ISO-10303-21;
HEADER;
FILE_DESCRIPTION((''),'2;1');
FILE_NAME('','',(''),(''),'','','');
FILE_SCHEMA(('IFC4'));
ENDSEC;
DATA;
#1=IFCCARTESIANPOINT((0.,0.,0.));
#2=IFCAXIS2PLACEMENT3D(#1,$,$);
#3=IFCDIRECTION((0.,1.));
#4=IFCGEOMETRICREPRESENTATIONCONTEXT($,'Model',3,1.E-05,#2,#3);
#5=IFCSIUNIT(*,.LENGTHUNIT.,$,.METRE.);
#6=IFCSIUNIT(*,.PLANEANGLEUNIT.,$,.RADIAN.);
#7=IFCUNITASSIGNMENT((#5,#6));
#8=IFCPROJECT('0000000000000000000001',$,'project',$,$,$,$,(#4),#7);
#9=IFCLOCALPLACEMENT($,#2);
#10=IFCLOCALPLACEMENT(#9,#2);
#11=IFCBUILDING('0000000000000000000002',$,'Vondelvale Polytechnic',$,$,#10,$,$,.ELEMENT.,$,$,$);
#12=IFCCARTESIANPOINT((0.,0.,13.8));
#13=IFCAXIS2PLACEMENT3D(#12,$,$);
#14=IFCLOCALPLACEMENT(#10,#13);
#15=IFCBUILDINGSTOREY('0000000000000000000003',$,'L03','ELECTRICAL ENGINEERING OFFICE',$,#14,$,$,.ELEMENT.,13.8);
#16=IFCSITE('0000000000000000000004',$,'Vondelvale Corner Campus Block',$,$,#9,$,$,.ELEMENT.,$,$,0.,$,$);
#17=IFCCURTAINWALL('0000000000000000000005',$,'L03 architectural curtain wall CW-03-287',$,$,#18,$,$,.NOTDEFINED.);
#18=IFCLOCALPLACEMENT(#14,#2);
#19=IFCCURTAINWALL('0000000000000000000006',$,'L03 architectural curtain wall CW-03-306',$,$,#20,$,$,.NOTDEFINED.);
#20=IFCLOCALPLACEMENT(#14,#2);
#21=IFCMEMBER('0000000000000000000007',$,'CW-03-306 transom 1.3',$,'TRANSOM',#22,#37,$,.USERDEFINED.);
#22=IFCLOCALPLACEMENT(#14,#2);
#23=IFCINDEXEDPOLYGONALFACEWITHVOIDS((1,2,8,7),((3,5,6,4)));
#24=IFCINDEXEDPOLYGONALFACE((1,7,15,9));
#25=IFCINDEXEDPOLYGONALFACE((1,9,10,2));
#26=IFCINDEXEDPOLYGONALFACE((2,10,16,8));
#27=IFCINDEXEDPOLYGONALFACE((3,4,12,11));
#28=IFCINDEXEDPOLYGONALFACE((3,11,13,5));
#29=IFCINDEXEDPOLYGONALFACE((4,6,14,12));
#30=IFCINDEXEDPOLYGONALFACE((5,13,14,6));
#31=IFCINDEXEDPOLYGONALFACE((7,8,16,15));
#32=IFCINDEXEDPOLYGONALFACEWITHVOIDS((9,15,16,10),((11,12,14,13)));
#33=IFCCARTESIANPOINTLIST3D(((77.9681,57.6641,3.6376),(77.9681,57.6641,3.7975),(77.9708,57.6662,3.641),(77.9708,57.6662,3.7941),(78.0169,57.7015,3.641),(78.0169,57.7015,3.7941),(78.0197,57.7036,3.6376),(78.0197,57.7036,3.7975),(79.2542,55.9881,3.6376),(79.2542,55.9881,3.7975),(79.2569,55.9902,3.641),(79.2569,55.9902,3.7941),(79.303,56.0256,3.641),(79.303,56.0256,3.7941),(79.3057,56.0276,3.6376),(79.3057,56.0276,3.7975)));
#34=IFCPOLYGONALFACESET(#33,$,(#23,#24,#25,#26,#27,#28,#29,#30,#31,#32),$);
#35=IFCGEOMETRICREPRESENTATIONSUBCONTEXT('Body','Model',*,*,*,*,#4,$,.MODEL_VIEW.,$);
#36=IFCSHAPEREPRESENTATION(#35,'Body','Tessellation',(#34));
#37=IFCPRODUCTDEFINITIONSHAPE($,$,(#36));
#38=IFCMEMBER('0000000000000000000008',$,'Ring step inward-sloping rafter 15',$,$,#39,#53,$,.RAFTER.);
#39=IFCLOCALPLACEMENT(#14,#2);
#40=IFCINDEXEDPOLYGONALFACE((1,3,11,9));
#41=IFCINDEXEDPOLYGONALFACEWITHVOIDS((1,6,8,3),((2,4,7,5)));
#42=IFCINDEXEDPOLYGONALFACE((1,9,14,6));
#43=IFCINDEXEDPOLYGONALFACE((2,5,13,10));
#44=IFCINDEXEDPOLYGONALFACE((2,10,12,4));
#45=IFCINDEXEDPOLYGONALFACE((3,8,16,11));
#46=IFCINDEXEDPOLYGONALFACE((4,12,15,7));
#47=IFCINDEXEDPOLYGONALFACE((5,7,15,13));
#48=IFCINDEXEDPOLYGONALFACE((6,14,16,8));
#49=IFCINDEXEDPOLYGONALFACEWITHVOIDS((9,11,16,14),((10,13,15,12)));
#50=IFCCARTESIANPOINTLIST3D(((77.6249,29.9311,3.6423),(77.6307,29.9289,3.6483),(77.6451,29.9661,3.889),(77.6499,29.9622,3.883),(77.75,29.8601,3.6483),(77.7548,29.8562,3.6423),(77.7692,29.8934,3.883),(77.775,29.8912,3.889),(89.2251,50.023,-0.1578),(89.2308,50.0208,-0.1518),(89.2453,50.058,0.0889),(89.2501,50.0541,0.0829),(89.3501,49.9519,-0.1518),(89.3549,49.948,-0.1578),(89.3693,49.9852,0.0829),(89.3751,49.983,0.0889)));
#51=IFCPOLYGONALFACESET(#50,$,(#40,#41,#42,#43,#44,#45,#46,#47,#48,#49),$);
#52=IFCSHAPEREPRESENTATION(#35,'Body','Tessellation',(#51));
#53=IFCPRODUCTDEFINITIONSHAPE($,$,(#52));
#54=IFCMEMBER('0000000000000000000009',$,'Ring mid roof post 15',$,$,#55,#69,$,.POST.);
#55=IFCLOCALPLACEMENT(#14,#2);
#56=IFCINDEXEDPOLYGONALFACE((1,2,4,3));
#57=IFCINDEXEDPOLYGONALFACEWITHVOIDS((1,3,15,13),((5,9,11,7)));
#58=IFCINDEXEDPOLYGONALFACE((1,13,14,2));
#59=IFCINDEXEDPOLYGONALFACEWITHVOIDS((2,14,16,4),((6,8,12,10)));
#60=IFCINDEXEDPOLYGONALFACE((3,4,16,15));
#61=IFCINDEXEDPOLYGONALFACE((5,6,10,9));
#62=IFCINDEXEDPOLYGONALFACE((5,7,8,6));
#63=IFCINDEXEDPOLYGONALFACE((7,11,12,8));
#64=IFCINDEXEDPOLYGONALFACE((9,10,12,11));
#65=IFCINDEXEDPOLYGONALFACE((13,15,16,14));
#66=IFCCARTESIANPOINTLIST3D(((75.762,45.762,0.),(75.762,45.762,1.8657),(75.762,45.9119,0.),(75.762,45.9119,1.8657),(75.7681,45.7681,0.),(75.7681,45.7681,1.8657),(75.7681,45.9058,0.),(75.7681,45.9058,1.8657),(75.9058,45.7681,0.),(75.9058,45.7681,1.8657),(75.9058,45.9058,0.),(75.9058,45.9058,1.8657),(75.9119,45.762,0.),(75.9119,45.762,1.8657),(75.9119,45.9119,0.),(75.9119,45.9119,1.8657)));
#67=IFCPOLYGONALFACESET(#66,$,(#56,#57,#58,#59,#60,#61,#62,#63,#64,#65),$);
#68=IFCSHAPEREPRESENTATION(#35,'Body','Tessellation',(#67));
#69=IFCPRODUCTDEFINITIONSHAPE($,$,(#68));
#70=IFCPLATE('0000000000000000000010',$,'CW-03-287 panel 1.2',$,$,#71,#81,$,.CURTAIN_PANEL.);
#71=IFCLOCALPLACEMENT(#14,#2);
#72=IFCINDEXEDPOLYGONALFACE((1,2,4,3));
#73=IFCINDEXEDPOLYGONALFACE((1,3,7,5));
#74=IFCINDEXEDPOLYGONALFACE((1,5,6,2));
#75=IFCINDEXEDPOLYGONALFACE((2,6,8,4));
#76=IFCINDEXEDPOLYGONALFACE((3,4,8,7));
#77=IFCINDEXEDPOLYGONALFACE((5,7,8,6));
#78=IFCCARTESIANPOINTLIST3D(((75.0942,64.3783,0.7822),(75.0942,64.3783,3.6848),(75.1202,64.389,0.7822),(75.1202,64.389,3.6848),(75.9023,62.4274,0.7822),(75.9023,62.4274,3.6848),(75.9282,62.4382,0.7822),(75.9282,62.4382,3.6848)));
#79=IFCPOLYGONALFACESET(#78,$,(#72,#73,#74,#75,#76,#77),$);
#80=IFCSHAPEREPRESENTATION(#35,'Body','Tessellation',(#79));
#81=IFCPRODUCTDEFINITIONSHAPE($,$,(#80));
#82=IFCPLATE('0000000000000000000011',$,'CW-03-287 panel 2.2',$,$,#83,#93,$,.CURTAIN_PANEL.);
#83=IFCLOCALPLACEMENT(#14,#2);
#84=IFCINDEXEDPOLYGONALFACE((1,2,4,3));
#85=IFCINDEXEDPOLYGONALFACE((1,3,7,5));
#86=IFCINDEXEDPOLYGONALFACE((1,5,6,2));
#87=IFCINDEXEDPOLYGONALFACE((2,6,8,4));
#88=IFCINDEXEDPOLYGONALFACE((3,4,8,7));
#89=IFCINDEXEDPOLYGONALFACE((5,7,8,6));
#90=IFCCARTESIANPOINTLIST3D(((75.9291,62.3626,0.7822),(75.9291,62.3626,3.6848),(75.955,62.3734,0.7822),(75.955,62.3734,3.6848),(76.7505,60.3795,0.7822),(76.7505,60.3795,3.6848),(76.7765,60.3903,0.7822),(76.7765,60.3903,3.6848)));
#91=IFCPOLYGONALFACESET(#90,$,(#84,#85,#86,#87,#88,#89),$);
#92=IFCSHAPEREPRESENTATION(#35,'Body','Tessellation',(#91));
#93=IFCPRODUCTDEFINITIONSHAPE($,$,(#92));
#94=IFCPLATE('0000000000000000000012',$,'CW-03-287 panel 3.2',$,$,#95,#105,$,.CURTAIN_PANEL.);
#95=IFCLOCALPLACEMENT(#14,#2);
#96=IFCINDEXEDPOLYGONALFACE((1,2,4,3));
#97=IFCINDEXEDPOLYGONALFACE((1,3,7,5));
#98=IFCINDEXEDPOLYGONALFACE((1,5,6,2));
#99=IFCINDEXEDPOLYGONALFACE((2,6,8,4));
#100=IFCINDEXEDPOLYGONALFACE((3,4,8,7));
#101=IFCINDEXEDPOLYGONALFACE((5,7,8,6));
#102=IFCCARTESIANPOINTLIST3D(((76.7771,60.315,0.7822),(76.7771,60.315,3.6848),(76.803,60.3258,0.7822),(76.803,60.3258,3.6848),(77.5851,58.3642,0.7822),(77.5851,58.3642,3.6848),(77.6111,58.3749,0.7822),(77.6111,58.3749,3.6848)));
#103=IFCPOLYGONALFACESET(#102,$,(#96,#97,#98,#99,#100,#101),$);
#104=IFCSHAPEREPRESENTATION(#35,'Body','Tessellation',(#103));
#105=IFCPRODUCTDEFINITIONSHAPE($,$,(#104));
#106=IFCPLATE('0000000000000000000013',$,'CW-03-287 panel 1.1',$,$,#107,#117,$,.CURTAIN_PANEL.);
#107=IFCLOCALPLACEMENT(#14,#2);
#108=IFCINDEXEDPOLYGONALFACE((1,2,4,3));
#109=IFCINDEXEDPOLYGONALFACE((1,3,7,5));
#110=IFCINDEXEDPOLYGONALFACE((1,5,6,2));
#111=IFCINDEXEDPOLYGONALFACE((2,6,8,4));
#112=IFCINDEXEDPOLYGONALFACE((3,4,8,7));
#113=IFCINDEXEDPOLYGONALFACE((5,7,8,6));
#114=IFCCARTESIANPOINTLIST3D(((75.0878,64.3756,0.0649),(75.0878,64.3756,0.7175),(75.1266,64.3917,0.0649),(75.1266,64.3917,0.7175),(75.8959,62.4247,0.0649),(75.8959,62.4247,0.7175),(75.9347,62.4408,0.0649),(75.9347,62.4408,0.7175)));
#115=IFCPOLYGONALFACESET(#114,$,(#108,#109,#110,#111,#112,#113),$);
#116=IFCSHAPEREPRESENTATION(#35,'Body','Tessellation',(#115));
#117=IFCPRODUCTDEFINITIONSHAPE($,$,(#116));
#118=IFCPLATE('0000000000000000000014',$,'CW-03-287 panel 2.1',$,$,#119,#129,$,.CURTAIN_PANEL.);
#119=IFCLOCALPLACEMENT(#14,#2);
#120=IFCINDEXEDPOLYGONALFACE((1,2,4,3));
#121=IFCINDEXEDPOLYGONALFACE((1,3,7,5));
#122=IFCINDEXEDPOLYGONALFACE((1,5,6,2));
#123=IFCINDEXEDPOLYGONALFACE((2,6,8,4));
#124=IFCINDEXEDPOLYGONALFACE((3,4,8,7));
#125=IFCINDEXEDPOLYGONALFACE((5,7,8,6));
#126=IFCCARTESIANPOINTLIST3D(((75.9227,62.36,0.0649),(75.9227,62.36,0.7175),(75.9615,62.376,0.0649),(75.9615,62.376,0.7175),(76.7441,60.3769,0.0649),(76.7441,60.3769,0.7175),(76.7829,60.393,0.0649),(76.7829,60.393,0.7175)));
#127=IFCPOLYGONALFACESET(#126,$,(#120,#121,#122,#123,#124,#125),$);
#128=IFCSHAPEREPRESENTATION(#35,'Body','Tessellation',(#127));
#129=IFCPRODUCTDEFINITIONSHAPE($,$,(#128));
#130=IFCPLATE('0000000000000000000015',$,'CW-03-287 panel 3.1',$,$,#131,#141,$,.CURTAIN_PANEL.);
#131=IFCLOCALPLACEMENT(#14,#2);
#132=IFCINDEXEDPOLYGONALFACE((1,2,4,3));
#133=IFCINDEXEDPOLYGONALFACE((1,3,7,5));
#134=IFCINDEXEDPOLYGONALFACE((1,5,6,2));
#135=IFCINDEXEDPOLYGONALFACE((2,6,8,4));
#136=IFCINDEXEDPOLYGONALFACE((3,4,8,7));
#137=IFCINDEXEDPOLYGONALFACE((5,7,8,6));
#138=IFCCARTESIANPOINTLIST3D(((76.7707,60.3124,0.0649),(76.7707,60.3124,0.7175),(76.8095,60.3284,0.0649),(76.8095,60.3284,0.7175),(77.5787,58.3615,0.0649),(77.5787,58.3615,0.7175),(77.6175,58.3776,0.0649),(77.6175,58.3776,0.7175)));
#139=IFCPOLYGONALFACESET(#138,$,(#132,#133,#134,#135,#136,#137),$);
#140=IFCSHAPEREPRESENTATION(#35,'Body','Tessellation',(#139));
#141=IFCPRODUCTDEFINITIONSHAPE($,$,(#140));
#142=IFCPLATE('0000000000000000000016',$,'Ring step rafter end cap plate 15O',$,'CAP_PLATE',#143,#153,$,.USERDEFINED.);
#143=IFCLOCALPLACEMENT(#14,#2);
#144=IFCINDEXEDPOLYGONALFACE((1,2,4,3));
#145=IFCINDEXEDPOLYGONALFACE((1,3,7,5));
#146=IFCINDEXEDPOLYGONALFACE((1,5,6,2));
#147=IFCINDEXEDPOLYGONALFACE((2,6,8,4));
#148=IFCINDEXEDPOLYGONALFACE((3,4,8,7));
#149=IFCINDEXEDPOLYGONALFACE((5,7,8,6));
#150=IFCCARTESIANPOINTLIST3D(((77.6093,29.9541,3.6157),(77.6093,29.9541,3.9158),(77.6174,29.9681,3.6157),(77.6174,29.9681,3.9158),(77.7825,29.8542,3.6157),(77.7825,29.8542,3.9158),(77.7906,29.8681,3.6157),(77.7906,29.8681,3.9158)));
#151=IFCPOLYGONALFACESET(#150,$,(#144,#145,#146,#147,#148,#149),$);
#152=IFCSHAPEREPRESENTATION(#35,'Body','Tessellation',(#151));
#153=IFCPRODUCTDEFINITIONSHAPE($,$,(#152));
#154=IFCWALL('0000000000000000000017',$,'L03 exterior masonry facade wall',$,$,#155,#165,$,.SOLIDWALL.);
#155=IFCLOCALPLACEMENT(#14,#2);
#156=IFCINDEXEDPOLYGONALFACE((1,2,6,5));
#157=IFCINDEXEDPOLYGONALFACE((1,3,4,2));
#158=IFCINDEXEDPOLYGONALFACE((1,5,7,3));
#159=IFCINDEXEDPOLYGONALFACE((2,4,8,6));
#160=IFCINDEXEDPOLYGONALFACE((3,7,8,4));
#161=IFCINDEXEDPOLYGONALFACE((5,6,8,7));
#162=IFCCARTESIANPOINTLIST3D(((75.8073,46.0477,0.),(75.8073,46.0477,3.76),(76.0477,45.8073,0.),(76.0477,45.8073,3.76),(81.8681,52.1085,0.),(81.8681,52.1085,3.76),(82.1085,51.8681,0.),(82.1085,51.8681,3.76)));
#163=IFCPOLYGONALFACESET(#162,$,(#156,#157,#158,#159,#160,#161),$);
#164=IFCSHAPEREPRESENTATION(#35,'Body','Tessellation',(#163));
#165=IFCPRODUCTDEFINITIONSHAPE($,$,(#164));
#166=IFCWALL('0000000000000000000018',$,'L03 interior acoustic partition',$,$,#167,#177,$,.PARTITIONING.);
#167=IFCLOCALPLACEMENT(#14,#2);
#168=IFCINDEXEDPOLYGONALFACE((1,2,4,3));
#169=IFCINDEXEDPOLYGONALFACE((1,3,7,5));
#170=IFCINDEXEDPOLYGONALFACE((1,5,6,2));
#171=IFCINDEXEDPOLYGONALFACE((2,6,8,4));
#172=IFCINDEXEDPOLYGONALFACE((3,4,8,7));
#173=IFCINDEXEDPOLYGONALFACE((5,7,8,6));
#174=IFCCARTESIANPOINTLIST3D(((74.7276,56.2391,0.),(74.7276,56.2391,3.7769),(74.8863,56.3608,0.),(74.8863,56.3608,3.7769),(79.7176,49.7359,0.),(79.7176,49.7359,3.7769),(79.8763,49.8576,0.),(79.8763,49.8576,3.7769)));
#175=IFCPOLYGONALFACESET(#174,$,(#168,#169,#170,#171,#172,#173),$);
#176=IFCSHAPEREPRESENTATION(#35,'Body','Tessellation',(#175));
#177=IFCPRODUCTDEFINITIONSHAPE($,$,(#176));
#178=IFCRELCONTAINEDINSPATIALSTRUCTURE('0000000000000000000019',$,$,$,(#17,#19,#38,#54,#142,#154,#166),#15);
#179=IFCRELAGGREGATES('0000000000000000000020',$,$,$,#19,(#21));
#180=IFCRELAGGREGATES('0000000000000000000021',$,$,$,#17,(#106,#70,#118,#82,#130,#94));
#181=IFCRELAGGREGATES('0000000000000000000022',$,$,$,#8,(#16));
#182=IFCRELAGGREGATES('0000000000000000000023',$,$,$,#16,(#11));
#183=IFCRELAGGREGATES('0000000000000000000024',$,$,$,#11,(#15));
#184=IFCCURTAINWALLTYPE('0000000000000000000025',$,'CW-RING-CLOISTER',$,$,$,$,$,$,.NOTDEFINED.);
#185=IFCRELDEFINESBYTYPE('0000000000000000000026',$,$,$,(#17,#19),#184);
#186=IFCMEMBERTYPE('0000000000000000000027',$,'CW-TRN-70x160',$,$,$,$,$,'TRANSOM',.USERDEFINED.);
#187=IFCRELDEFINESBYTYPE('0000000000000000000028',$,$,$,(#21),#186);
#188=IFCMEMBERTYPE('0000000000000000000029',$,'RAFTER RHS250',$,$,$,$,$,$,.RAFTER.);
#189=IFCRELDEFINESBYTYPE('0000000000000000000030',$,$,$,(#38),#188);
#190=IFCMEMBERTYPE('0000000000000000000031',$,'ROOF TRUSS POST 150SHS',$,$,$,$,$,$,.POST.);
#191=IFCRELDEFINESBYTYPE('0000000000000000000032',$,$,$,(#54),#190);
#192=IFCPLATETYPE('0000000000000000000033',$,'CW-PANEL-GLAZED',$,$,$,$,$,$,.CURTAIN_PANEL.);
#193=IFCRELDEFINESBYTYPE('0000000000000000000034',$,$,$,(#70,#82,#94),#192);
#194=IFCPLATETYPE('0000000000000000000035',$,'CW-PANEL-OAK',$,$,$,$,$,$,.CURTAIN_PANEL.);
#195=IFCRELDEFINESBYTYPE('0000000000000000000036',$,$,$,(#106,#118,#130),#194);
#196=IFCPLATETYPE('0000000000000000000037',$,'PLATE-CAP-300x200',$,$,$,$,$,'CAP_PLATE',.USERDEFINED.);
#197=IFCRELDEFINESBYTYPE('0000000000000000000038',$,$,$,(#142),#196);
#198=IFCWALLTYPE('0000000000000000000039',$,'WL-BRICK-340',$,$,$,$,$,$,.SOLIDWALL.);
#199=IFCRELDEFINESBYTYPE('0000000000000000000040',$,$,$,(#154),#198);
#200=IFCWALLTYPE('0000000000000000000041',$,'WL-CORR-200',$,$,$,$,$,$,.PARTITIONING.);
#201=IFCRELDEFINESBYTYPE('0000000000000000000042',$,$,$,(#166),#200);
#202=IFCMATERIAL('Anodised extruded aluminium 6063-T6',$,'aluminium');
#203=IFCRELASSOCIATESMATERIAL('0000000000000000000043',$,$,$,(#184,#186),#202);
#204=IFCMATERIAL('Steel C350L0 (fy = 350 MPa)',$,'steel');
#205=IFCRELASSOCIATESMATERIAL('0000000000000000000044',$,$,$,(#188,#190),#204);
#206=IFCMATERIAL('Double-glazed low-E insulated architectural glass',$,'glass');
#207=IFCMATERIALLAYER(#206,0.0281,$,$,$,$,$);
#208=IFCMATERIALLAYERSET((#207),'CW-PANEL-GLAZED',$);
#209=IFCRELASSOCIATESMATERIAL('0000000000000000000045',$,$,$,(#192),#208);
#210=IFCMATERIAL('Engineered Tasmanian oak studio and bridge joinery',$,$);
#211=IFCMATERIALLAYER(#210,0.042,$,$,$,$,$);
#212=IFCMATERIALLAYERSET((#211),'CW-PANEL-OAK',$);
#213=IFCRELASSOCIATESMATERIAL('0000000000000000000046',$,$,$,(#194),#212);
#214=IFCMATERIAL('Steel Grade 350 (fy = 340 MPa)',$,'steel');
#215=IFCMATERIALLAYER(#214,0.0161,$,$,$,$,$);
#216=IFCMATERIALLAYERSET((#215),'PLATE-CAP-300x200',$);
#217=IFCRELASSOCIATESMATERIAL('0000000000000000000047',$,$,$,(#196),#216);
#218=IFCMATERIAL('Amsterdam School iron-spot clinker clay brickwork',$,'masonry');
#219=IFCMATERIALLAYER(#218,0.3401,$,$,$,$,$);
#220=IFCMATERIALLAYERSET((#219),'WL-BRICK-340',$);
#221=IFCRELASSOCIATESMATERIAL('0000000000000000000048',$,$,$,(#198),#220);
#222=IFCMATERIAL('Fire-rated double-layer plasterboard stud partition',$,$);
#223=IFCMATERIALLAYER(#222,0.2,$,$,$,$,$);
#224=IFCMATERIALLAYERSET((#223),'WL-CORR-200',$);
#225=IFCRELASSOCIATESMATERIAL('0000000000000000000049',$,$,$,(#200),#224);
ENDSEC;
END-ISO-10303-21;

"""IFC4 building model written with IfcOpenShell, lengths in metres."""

from ifc_helpers import new_model, si_unit, direction, frame, frame_2d, origin, origin_2d, place, context, subcontext, project, spatial, rectangle, hollow_rectangle, extrude, material, layer, layer_set, material_profile, profile_set, type_object, element, aggregate, save


model = new_model("IFC4")

# Units and contexts
model_context = context("Model", 3, precision=1e-05, world=origin(), true_north=direction((0.0, 1.0)))
body_context = subcontext(model_context, "Body", "Model", "MODEL_VIEW")
ifc_project = project(units=[si_unit("LENGTHUNIT", "METRE"), si_unit("PLANEANGLEUNIT", "RADIAN")], contexts=[model_context])

# Site, building, storey
site_placement = place(None, origin())
site = spatial("IfcSite", under=ifc_project, at=site_placement, Name="Vondelvale Corner Campus Block", CompositionType="ELEMENT", RefElevation=0.0)
building_placement = place(site_placement, origin())
building = spatial("IfcBuilding", under=site, at=building_placement, Name="Vondelvale Polytechnic", CompositionType="ELEMENT")
storey_placement = place(building_placement, frame((0.0, 0.0, 13.8)))
storey = spatial("IfcBuildingStorey", under=building, at=storey_placement, Name="L03", Description="ELECTRICAL ENGINEERING OFFICE", CompositionType="ELEMENT", Elevation=13.8)

# Curtain wall
ifc_material_1 = material(Name="Anodised extruded aluminium 6063-T6", Category="aluminium")
curtain_wall_type = type_object("IfcCurtainWallType", Name="CW-RING-CLOISTER", PredefinedType="NOTDEFINED", material=ifc_material_1)
curtain_wall_1_placement = place(storey_placement, origin())
curtain_wall_1 = element("IfcCurtainWall", 1, at=curtain_wall_1_placement, inside=storey, type_object=curtain_wall_type, Name="L03 architectural curtain wall CW-03-287", PredefinedType="NOTDEFINED")

# Curtain wall
curtain_wall_2_placement = place(storey_placement, origin())
curtain_wall_2 = element("IfcCurtainWall", 2, at=curtain_wall_2_placement, inside=storey, type_object=curtain_wall_type, Name="L03 architectural curtain wall CW-03-306", PredefinedType="NOTDEFINED")

# Member
ifc_material_profile_1 = material_profile(ifc_material_1, hollow_rectangle(XDim=0.0649, YDim=0.1599, WallThickness=0.0034, at=origin_2d()), Name="CW-TRN-160x65")
ifc_profile_set_1 = profile_set([ifc_material_profile_1], Name="Anodised extruded aluminium 6063-T6")
member_type_1 = type_object("IfcMemberType", Name="CW-TRN-70x160", ElementType="TRANSOM", PredefinedType="USERDEFINED", material=ifc_profile_set_1)
member_1_placement = place(storey_placement, frame((77.9939, 57.6838, 3.7175), z_axis=(0.608783, -0.793337, 0.0), x_axis=(0.793337, 0.608783, 0.0)))
member_1 = element("IfcMember", 3, at=member_1_placement, type_object=member_type_1, Name="CW-03-306 transom 1.3", ObjectType="TRANSOM", PredefinedType="USERDEFINED", context=body_context, shape_type="SweptSolid", body=[
    extrude(hollow_rectangle(XDim=0.0649, YDim=0.1599, WallThickness=0.0034, at=origin_2d()), origin(), (0.0, 0.0, 1.0), 2.1125),
])
aggregate(curtain_wall_2, [member_1])

# Members
ifc_material_2 = material(Name="Steel C350L0 (fy = 350 MPa)", Category="steel")
ifc_material_profile_2 = material_profile(ifc_material_2, hollow_rectangle(XDim=0.1499, YDim=0.25, WallThickness=0.0061, at=origin_2d()), Name="250x150x6.0RHS")
ifc_profile_set_2 = profile_set([ifc_material_profile_2], Name="Steel C350L0 (fy = 350 MPa)")
member_type_2 = type_object("IfcMemberType", Name="RAFTER RHS250", PredefinedType="RAFTER", material=ifc_profile_set_2)
member_2_placement = place(storey_placement, frame((77.7, 29.9111, 3.7656), z_axis=(0.493428, 0.854635, -0.161641), x_axis=(-0.866024, 0.500003, 0.0)))
element("IfcMember", 4, at=member_2_placement, inside=storey, type_object=member_type_2, Name="Ring step inward-sloping rafter 15", PredefinedType="RAFTER", context=body_context, shape_type="SweptSolid", body=[
    extrude(hollow_rectangle(XDim=0.1499, YDim=0.25, WallThickness=0.0061, at=origin_2d()), origin(), (0.0, 0.0, 1.0), 23.5093),
])
ifc_material_profile_3 = material_profile(ifc_material_2, hollow_rectangle(XDim=0.1499, YDim=0.1499, WallThickness=0.0061, at=origin_2d()), Name="150x150x6.0SHS")
ifc_profile_set_3 = profile_set([ifc_material_profile_3], Name="Steel C350L0 (fy = 350 MPa)")
member_type_3 = type_object("IfcMemberType", Name="ROOF TRUSS POST 150SHS", PredefinedType="POST", material=ifc_profile_set_3)
member_3_placement = place(storey_placement, frame((75.8369, 45.8369, 0.0), z_axis=(0.0, 0.0, 1.0), x_axis=(1.0, 0.0, 0.0)))
element("IfcMember", 5, at=member_3_placement, inside=storey, type_object=member_type_3, Name="Ring mid roof post 15", PredefinedType="POST", context=body_context, shape_type="SweptSolid", body=[
    extrude(hollow_rectangle(XDim=0.1499, YDim=0.1499, WallThickness=0.0061, at=origin_2d()), origin(), (0.0, 0.0, 1.0), 1.8657),
])

# Plates
ifc_material_3 = material(Name="Double-glazed low-E insulated architectural glass", Category="glass")
ifc_layer_1 = layer(ifc_material_3, 0.0281)
ifc_layer_set_1 = layer_set([ifc_layer_1], Name="CW-PANEL-GLAZED")
plate_type_1 = type_object("IfcPlateType", Name="CW-PANEL-GLAZED", PredefinedType="CURTAIN_PANEL", material=ifc_layer_set_1)
plate_1_placement = place(storey_placement, frame((75.5112, 63.4082, 0.7822), z_axis=(0.0, 0.0, 1.0), x_axis=(0.382679, -0.923882, 0.0)))
plate_1 = element("IfcPlate", 6, at=plate_1_placement, type_object=plate_type_1, Name="CW-03-287 panel 1.2", PredefinedType="CURTAIN_PANEL", context=body_context, shape_type="SweptSolid", body=[
    extrude(rectangle(XDim=2.1116, YDim=0.0281, at=origin_2d()), origin(), (0.0, 0.0, 1.0), 2.9026),
])
plate_2_placement = place(storey_placement, frame((76.3528, 61.3765, 0.7822), z_axis=(0.0, 0.0, 1.0), x_axis=(0.382679, -0.923882, 0.0)))
plate_2 = element("IfcPlate", 7, at=plate_2_placement, type_object=plate_type_1, Name="CW-03-287 panel 2.2", PredefinedType="CURTAIN_PANEL", context=body_context, shape_type="SweptSolid", body=[
    extrude(rectangle(XDim=2.1465, YDim=0.0281, at=origin_2d()), origin(), (0.0, 0.0, 1.0), 2.9026),
])
plate_3_placement = place(storey_placement, frame((77.1941, 59.345, 0.7822), z_axis=(0.0, 0.0, 1.0), x_axis=(0.382679, -0.923882, 0.0)))
plate_3 = element("IfcPlate", 8, at=plate_3_placement, type_object=plate_type_1, Name="CW-03-287 panel 3.2", PredefinedType="CURTAIN_PANEL", context=body_context, shape_type="SweptSolid", body=[
    extrude(rectangle(XDim=2.1116, YDim=0.0281, at=origin_2d()), origin(), (0.0, 0.0, 1.0), 2.9026),
])
ifc_material_4 = material(Name="Engineered Tasmanian oak studio and bridge joinery")
ifc_layer_2 = layer(ifc_material_4, 0.042)
ifc_layer_set_2 = layer_set([ifc_layer_2], Name="CW-PANEL-OAK")
plate_type_2 = type_object("IfcPlateType", Name="CW-PANEL-OAK", PredefinedType="CURTAIN_PANEL", material=ifc_layer_set_2)
plate_4_placement = place(storey_placement, frame((75.5112, 63.4082, 0.0649), z_axis=(0.0, 0.0, 1.0), x_axis=(0.382679, -0.923882, 0.0)))
plate_4 = element("IfcPlate", 9, at=plate_4_placement, type_object=plate_type_2, Name="CW-03-287 panel 1.1", PredefinedType="CURTAIN_PANEL", context=body_context, shape_type="SweptSolid", body=[
    extrude(rectangle(XDim=2.1116, YDim=0.042, at=origin_2d()), origin(), (0.0, 0.0, 1.0), 0.6526),
])
plate_5_placement = place(storey_placement, frame((76.3528, 61.3765, 0.0649), z_axis=(0.0, 0.0, 1.0), x_axis=(0.382679, -0.923882, 0.0)))
plate_5 = element("IfcPlate", 10, at=plate_5_placement, type_object=plate_type_2, Name="CW-03-287 panel 2.1", PredefinedType="CURTAIN_PANEL", context=body_context, shape_type="SweptSolid", body=[
    extrude(rectangle(XDim=2.1465, YDim=0.042, at=origin_2d()), origin(), (0.0, 0.0, 1.0), 0.6526),
])
plate_6_placement = place(storey_placement, frame((77.1941, 59.345, 0.0649), z_axis=(0.0, 0.0, 1.0), x_axis=(0.382679, -0.923882, 0.0)))
plate_6 = element("IfcPlate", 11, at=plate_6_placement, type_object=plate_type_2, Name="CW-03-287 panel 3.1", PredefinedType="CURTAIN_PANEL", context=body_context, shape_type="SweptSolid", body=[
    extrude(rectangle(XDim=2.1116, YDim=0.042, at=origin_2d()), origin(), (0.0, 0.0, 1.0), 0.6526),
])
aggregate(curtain_wall_1, [plate_4, plate_1, plate_5, plate_2, plate_6, plate_3])
ifc_material_5 = material(Name="Steel Grade 350 (fy = 340 MPa)", Category="steel")
ifc_layer_3 = layer(ifc_material_5, 0.0161)
ifc_layer_set_3 = layer_set([ifc_layer_3], Name="PLATE-CAP-300x200")
plate_type_3 = type_object("IfcPlateType", Name="PLATE-CAP-300x200", ElementType="CAP_PLATE", PredefinedType="USERDEFINED", material=ifc_layer_set_3)
plate_7_placement = place(storey_placement, frame((77.7, 29.9111, 3.6157), z_axis=(0.0, 0.0, 1.0), x_axis=(0.5, 0.866025, 0.0)))
element("IfcPlate", 12, at=plate_7_placement, inside=storey, type_object=plate_type_3, Name="Ring step rafter end cap plate 15O", ObjectType="CAP_PLATE", PredefinedType="USERDEFINED", context=body_context, shape_type="SweptSolid", body=[
    extrude(rectangle(XDim=0.0161, YDim=0.2, at=origin_2d()), origin(), (0.0, 0.0, 1.0), 0.3),
])

# Walls
ifc_material_6 = material(Name="Amsterdam School iron-spot clinker clay brickwork", Category="masonry")
ifc_layer_4 = layer(ifc_material_6, 0.3401)
ifc_layer_set_4 = layer_set([ifc_layer_4], Name="WL-BRICK-340")
wall_type_1 = type_object("IfcWallType", Name="WL-BRICK-340", PredefinedType="SOLIDWALL", material=ifc_layer_set_4)
wall_1_placement = place(storey_placement, frame((75.9275, 45.9275, 0.0), z_axis=(0.0, 0.0, 1.0), x_axis=(0.707107, 0.707107, 0.0)))
element("IfcWall", 13, at=wall_1_placement, inside=storey, type_object=wall_type_1, Name="L03 exterior masonry facade wall", PredefinedType="SOLIDWALL", context=body_context, shape_type="SweptSolid", body=[
    extrude(rectangle(XDim=8.5713, YDim=0.3401, at=frame_2d((4.2856, 0.0))), origin(), (0.0, 0.0, 1.0), 3.76),
])
ifc_material_7 = material(Name="Fire-rated double-layer plasterboard stud partition")
ifc_layer_5 = layer(ifc_material_7, 0.2)
ifc_layer_set_5 = layer_set([ifc_layer_5], Name="WL-CORR-200")
wall_type_2 = type_object("IfcWallType", Name="WL-CORR-200", PredefinedType="PARTITIONING", material=ifc_layer_set_5)
wall_2_placement = place(storey_placement, frame((74.8069, 56.3, 0.0), z_axis=(0.0, 0.0, 1.0), x_axis=(0.608756, -0.793357, 0.0)))
element("IfcWall", 14, at=wall_2_placement, inside=storey, type_object=wall_type_2, Name="L03 interior acoustic partition", PredefinedType="PARTITIONING", context=body_context, shape_type="SweptSolid", body=[
    extrude(rectangle(XDim=8.197, YDim=0.2, at=frame_2d((4.0986, 0.0))), origin(), (0.0, 0.0, 1.0), 3.7769),
])

save(model, "model.ifc")
